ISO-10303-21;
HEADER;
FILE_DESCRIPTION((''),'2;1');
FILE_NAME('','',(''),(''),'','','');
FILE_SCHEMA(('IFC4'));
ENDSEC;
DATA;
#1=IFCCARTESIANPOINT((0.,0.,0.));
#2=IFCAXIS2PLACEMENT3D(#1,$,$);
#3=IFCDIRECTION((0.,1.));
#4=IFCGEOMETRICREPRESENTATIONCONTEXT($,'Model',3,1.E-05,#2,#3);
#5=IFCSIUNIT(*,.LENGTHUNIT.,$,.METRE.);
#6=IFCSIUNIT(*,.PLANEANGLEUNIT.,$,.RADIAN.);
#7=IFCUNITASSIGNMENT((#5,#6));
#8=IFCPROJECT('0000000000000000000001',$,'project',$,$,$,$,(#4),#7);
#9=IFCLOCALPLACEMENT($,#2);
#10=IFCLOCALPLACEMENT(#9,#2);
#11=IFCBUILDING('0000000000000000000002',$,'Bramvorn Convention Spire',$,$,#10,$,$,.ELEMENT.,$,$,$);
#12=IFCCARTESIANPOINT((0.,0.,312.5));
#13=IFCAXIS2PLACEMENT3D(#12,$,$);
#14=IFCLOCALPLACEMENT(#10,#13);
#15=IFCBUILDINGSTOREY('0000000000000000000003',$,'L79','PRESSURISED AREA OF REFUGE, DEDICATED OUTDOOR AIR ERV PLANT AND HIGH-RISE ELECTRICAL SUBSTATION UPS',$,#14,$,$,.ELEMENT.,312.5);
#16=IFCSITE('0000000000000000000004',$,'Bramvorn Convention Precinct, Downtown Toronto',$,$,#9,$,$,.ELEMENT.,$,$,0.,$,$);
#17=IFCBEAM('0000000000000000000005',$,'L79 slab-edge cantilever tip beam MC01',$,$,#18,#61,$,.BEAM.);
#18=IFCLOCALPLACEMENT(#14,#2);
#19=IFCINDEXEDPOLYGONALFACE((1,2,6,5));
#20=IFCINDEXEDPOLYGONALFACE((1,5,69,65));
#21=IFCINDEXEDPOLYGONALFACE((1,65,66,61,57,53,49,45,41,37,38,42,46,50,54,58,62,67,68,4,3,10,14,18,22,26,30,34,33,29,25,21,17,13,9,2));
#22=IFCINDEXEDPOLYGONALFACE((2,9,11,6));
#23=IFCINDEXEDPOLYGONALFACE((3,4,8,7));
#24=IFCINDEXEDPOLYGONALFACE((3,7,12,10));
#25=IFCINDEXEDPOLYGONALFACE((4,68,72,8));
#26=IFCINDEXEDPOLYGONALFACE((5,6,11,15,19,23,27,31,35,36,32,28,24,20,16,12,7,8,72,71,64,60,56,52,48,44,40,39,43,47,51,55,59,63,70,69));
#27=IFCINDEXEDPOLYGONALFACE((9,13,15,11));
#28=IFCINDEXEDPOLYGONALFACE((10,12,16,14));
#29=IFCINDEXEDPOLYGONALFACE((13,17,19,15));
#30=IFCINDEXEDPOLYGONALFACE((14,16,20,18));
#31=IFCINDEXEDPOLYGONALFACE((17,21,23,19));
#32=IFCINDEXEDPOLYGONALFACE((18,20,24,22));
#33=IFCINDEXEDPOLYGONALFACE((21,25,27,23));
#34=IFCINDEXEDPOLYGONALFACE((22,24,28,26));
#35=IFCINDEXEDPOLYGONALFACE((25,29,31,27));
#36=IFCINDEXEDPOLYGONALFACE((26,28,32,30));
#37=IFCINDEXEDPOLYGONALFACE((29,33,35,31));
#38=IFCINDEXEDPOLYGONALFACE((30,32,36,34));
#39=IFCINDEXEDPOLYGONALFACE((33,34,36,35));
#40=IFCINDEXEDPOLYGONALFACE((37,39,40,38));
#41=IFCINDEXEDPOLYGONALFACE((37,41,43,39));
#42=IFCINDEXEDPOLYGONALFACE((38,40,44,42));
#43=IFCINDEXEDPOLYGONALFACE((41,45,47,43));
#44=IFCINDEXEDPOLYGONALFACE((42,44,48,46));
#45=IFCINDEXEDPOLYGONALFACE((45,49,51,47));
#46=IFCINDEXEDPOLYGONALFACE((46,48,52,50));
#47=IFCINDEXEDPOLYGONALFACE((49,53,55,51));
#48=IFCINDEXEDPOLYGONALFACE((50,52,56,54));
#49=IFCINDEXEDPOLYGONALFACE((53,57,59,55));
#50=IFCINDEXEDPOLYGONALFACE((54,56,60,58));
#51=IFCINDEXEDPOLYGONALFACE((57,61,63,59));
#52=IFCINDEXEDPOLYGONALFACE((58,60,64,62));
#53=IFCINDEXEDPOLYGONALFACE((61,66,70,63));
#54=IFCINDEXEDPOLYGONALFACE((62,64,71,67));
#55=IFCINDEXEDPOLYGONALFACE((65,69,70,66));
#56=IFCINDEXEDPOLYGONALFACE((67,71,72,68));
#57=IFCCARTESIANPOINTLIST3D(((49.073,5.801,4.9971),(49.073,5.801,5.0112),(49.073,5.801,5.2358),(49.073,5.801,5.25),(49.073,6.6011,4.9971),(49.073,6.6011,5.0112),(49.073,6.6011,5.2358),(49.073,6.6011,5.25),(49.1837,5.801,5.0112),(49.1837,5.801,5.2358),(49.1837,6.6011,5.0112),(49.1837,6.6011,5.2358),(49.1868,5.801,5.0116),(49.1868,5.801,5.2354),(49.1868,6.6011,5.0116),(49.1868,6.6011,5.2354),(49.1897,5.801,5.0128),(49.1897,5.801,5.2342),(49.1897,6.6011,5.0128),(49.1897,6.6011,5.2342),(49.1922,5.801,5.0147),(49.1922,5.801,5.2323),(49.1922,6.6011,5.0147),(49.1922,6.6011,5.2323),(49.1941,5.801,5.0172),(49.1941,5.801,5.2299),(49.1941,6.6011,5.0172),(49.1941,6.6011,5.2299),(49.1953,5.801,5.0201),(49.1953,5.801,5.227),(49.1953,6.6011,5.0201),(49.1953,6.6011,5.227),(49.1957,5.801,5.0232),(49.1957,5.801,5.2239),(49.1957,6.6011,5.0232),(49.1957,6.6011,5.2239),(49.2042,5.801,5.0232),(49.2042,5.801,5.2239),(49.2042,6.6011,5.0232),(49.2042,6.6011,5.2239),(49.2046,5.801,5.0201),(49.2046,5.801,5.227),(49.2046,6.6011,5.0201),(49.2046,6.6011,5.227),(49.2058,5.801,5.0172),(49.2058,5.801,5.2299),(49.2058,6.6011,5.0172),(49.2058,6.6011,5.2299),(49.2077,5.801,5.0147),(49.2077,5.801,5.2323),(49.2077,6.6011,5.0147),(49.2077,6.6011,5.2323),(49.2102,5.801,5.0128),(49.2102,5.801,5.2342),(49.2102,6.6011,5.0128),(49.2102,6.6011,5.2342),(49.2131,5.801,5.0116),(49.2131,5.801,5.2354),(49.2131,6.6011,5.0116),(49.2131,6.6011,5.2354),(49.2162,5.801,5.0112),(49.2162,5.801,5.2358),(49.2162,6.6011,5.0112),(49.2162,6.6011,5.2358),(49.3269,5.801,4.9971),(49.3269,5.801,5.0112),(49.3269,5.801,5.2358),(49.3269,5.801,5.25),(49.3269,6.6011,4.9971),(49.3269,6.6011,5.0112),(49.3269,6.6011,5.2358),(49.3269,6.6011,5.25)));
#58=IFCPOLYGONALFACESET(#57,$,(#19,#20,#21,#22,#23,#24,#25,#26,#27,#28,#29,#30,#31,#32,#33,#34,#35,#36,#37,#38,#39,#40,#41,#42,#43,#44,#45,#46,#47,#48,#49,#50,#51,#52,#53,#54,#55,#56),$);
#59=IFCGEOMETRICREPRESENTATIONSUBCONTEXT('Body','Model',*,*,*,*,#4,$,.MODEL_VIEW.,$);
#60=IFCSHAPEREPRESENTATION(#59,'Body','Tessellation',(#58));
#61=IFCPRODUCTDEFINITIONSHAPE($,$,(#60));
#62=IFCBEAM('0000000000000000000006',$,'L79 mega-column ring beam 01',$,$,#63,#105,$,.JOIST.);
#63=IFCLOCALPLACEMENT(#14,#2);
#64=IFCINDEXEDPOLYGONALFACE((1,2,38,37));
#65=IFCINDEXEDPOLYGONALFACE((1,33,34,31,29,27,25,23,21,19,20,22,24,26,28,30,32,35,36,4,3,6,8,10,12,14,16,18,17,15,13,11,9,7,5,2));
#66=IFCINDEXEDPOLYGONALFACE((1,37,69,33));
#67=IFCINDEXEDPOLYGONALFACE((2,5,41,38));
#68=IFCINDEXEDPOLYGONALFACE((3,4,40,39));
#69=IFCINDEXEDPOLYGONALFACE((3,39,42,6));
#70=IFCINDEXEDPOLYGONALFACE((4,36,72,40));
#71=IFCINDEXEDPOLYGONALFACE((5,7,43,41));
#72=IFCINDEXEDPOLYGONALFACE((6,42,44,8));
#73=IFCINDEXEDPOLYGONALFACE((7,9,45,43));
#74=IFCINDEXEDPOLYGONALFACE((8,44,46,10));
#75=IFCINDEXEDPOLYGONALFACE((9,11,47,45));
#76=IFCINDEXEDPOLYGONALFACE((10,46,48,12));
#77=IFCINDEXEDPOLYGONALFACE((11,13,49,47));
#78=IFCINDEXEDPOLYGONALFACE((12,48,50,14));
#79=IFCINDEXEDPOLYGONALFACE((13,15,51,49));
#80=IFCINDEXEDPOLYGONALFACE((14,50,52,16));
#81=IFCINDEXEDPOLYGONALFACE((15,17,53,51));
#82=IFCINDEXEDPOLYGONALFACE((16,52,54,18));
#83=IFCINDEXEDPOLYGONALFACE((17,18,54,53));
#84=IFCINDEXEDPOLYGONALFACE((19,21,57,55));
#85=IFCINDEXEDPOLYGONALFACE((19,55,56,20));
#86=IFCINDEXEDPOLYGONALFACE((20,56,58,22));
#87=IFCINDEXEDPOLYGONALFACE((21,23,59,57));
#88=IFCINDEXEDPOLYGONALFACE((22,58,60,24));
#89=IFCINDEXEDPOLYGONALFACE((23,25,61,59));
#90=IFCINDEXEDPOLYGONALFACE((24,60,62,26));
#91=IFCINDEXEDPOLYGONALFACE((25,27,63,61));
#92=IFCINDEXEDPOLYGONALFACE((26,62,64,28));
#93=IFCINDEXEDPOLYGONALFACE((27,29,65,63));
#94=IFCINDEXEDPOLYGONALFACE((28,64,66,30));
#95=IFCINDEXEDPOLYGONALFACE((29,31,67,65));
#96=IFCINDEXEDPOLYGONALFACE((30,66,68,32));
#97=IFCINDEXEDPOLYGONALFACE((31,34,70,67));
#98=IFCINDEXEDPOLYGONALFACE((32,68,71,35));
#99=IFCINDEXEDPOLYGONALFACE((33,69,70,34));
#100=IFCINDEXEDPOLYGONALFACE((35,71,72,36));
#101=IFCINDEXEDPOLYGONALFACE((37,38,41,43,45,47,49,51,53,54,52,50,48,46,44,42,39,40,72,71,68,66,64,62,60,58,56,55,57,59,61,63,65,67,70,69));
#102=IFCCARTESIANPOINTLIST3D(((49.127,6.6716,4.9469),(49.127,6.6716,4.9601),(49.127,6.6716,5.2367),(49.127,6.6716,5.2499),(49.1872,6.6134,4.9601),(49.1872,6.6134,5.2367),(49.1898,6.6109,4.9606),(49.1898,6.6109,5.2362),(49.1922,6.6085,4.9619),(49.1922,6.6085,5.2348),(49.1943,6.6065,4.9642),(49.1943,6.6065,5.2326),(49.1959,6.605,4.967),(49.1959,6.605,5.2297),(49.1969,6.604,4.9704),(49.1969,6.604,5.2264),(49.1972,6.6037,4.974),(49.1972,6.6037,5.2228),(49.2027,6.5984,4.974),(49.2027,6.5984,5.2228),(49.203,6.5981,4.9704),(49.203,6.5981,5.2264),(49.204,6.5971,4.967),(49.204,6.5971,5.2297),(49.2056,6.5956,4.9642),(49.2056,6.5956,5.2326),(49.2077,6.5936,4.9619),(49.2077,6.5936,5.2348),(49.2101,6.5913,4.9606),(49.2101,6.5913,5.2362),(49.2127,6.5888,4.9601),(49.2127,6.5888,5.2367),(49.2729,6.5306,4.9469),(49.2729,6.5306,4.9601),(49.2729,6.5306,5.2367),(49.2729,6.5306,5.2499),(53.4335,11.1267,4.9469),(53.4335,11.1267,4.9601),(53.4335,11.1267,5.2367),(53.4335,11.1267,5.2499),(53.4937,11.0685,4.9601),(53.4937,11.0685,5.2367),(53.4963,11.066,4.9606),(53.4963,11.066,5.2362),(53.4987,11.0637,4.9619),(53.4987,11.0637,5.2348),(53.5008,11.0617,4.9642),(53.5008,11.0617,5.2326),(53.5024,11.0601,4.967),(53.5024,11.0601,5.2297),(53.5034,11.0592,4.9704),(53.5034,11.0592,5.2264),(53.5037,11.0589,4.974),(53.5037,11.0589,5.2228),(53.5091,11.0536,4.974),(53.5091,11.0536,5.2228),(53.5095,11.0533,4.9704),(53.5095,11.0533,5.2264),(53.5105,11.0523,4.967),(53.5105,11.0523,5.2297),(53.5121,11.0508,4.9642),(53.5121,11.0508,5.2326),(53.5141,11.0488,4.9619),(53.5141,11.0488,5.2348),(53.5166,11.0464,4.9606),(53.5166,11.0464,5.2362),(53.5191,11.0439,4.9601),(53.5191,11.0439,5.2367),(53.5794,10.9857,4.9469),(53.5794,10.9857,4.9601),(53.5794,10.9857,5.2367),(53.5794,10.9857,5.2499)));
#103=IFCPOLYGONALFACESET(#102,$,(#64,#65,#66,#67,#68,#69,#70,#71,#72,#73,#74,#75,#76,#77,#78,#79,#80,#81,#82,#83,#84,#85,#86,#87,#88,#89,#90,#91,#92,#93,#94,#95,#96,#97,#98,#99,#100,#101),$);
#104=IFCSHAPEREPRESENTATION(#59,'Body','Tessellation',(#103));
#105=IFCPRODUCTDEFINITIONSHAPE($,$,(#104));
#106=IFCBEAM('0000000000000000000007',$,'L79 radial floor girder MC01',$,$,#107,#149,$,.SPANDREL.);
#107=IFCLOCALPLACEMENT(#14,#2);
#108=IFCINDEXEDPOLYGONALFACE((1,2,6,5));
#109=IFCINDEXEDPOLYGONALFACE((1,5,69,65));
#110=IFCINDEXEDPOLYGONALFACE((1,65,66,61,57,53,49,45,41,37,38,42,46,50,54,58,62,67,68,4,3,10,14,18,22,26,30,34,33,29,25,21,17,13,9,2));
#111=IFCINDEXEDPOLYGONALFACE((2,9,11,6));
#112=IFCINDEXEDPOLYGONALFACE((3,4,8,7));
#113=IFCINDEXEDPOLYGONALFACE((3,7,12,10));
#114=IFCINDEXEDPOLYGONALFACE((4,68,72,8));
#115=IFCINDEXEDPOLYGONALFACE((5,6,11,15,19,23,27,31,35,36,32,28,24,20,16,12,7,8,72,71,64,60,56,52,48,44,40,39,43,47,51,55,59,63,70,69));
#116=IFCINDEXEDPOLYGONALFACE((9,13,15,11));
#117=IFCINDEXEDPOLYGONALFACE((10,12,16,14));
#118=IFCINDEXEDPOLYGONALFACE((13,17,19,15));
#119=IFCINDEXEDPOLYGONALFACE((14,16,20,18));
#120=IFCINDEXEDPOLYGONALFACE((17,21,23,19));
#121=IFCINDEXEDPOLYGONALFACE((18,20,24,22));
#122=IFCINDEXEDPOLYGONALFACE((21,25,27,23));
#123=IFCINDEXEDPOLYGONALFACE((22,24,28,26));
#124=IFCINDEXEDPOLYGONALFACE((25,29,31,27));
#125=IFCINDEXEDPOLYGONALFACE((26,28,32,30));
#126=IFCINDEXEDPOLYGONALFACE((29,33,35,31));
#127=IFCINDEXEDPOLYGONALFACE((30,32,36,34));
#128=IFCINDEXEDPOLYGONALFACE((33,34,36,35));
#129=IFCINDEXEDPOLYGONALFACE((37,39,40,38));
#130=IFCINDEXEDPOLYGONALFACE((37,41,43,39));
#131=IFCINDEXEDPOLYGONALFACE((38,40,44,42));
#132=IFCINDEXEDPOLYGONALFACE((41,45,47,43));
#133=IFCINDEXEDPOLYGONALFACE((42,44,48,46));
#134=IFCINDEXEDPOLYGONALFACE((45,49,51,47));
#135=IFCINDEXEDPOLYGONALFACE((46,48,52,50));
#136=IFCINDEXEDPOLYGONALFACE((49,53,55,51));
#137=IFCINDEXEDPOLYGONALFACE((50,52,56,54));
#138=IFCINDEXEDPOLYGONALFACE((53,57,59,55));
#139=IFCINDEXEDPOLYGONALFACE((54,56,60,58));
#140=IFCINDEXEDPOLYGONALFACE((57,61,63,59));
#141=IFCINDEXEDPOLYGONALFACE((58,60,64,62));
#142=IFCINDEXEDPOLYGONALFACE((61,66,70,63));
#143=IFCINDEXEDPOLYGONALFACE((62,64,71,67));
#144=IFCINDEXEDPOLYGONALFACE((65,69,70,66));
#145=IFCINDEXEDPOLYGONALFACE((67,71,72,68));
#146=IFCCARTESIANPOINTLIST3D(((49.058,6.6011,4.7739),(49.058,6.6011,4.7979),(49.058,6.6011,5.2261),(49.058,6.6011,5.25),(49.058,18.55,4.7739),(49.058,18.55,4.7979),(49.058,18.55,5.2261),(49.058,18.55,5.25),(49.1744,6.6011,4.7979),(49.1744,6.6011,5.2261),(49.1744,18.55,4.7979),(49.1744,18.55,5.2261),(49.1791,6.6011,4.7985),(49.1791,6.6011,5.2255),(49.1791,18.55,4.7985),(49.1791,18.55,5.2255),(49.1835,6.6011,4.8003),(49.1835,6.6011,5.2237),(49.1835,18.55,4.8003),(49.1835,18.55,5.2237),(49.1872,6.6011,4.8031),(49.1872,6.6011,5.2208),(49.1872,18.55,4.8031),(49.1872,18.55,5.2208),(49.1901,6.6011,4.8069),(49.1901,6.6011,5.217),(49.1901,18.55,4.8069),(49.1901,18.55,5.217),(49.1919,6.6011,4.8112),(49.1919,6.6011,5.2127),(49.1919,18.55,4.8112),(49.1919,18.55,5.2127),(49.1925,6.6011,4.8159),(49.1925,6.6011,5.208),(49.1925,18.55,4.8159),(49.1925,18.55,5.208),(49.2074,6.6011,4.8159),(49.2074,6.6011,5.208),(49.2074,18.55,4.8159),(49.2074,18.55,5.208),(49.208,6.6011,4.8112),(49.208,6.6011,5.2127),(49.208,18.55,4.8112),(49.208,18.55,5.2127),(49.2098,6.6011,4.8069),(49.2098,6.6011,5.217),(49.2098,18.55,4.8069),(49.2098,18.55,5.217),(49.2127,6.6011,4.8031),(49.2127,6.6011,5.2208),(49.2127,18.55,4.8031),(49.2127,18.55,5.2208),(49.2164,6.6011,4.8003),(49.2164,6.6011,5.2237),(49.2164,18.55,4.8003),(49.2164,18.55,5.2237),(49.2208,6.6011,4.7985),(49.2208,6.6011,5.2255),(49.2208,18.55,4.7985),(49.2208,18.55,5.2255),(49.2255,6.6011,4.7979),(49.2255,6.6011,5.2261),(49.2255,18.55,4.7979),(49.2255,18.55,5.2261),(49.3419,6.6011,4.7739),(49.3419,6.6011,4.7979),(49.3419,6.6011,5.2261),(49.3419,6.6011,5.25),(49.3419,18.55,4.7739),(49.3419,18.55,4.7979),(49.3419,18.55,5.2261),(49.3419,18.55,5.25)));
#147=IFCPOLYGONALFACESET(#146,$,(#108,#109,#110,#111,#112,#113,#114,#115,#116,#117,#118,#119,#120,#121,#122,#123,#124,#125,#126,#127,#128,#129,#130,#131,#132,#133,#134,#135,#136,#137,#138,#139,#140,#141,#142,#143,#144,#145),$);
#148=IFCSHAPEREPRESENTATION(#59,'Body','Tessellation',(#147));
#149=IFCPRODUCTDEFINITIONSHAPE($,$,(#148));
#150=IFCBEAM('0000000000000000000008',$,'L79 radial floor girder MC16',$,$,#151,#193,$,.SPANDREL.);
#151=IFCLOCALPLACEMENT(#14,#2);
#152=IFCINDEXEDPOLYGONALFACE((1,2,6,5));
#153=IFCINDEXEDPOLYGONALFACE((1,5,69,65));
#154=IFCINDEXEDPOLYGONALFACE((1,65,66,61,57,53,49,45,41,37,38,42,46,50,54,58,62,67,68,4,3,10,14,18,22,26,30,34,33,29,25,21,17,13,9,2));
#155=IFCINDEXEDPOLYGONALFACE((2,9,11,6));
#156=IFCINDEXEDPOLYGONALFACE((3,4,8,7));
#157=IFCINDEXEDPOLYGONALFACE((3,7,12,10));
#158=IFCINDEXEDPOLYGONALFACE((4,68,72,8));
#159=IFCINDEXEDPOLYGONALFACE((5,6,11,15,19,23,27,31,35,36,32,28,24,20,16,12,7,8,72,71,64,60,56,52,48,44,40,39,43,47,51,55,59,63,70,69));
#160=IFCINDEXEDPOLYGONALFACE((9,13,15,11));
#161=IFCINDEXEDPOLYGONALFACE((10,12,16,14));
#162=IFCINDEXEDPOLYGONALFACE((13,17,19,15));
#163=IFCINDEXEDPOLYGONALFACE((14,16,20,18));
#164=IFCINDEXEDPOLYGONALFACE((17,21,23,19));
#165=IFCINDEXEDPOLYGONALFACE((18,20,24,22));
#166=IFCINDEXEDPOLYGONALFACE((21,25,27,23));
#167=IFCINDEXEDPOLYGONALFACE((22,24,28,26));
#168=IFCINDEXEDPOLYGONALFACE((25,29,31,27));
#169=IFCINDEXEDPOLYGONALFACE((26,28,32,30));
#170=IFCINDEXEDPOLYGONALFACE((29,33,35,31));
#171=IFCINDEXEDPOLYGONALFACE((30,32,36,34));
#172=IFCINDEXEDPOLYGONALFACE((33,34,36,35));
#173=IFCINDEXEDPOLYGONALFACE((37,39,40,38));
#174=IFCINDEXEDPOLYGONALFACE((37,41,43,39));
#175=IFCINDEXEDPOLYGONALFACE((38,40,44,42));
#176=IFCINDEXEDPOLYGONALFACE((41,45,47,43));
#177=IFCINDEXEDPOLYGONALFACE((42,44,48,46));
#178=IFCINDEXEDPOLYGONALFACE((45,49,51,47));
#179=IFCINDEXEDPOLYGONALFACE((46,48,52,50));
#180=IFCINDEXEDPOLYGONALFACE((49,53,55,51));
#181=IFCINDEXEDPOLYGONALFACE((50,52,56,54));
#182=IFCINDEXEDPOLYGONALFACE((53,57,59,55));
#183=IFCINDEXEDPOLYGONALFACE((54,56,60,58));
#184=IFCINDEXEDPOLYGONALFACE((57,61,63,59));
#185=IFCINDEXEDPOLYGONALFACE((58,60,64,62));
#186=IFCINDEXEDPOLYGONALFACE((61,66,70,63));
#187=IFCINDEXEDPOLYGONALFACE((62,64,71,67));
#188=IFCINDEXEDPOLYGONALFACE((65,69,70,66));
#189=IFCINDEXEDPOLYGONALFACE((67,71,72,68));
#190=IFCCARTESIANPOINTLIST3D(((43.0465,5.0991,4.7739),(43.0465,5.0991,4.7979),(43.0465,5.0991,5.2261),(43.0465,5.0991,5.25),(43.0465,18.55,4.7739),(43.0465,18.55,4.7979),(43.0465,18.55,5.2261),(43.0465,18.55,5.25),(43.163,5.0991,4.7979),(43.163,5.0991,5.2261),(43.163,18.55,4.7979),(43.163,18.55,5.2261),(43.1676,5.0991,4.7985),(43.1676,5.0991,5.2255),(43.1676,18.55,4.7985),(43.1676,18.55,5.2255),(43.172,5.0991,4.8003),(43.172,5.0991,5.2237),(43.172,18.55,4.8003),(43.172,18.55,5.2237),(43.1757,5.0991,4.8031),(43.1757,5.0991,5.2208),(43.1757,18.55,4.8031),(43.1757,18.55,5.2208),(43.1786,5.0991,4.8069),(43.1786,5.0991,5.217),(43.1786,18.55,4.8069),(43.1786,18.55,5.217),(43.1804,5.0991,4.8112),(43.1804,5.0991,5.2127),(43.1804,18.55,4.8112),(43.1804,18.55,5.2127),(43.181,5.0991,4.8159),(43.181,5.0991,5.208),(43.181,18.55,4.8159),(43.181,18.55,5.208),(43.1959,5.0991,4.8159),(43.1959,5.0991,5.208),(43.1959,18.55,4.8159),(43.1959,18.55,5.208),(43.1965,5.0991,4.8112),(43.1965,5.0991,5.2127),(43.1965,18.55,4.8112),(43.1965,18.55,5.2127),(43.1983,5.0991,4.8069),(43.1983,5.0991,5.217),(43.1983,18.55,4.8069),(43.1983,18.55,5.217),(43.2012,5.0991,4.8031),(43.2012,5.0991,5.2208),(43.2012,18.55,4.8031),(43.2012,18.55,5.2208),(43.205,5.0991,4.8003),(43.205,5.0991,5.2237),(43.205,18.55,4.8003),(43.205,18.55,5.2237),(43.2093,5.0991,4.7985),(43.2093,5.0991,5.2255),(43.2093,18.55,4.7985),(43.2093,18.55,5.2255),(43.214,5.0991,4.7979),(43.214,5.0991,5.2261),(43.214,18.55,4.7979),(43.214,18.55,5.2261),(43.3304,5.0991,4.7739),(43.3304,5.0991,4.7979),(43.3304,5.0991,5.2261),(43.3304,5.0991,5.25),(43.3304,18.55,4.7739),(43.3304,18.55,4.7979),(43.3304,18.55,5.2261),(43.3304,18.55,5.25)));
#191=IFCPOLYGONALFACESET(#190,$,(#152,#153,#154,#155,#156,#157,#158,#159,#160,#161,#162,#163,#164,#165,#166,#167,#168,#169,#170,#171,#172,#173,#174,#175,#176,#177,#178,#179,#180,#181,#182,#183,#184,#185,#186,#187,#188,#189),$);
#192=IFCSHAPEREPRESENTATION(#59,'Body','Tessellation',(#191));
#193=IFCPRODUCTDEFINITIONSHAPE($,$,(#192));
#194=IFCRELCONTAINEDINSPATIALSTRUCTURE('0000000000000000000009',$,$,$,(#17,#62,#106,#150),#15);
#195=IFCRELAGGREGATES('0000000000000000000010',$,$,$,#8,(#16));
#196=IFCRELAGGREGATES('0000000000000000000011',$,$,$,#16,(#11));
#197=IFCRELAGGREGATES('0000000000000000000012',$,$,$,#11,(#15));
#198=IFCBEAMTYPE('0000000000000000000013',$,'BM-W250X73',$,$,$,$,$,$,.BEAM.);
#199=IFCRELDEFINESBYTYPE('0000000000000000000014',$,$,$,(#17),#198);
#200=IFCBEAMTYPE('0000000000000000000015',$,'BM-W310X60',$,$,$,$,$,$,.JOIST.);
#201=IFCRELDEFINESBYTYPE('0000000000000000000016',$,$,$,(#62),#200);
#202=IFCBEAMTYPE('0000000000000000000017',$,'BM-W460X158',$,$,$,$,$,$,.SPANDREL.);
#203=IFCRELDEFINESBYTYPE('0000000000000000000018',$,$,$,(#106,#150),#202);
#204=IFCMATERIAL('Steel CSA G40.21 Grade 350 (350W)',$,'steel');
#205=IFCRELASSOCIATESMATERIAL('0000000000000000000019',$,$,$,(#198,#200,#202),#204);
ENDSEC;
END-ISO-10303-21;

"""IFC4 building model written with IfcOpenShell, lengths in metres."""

from ifc_helpers import new_model, si_unit, direction, frame, origin, origin_2d, place, context, subcontext, project, spatial, i_section, extrude, material, material_profile, profile_set, type_object, element, save


model = new_model("IFC4")

# Units and contexts
model_context = context("Model", 3, precision=1e-05, world=origin(), true_north=direction((0.0, 1.0)))
body_context = subcontext(model_context, "Body", "Model", "MODEL_VIEW")
ifc_project = project(units=[si_unit("LENGTHUNIT", "METRE"), si_unit("PLANEANGLEUNIT", "RADIAN")], contexts=[model_context])

# Site, building, storey
site_placement = place(None, origin())
site = spatial("IfcSite", under=ifc_project, at=site_placement, Name="Bramvorn Convention Precinct, Downtown Toronto", CompositionType="ELEMENT", RefElevation=0.0)
building_placement = place(site_placement, origin())
building = spatial("IfcBuilding", under=site, at=building_placement, Name="Bramvorn Convention Spire", CompositionType="ELEMENT")
storey_placement = place(building_placement, frame((0.0, 0.0, 312.5)))
storey = spatial("IfcBuildingStorey", under=building, at=storey_placement, Name="L79", Description="PRESSURISED AREA OF REFUGE, DEDICATED OUTDOOR AIR ERV PLANT AND HIGH-RISE ELECTRICAL SUBSTATION UPS", CompositionType="ELEMENT", Elevation=312.5)

# Shared definitions
ifc_material_1 = material(Name="Steel CSA G40.21 Grade 350 (350W)", Category="steel")

# Beams
ifc_material_profile_1 = material_profile(ifc_material_1, i_section(OverallWidth=0.2539, OverallDepth=0.2529, WebThickness=0.0085, FlangeThickness=0.0142, FilletRadius=0.012, at=origin_2d()))
ifc_profile_set_1 = profile_set([ifc_material_profile_1], Name="Steel CSA G40.21 Grade 350 (350W) - W250X73")
beam_type_1 = type_object("IfcBeamType", Name="BM-W250X73", PredefinedType="BEAM", material=ifc_profile_set_1)
beam_1_placement = place(storey_placement, frame((49.2, 6.6011, 5.1235), z_axis=(0.0, -1.0, 0.0), x_axis=(1.0, 0.0, 0.0)))
element("IfcBeam", 1, at=beam_1_placement, inside=storey, type_object=beam_type_1, Name="L79 slab-edge cantilever tip beam MC01", PredefinedType="BEAM", context=body_context, shape_type="SweptSolid", body=[
    extrude(i_section(OverallWidth=0.2539, OverallDepth=0.2529, WebThickness=0.0085, FlangeThickness=0.0142, FilletRadius=0.012, at=origin_2d()), origin(), (0.0, 0.0, 1.0), 0.8),
])
ifc_material_profile_2 = material_profile(ifc_material_1, i_section(OverallWidth=0.2029, OverallDepth=0.303, WebThickness=0.0076, FlangeThickness=0.0132, FilletRadius=0.0139, at=origin_2d()))
ifc_profile_set_2 = profile_set([ifc_material_profile_2], Name="Steel CSA G40.21 Grade 350 (350W) - W310X60")
beam_type_2 = type_object("IfcBeamType", Name="BM-W310X60", PredefinedType="JOIST", material=ifc_profile_set_2)
beam_2_placement = place(storey_placement, frame((49.2, 6.6011, 5.0984), z_axis=(0.695007, 0.719003, 0.0), x_axis=(-0.719003, 0.695007, 0.0)))
element("IfcBeam", 2, at=beam_2_placement, inside=storey, type_object=beam_type_2, Name="L79 mega-column ring beam 01", PredefinedType="JOIST", context=body_context, shape_type="SweptSolid", body=[
    extrude(i_section(OverallWidth=0.2029, OverallDepth=0.303, WebThickness=0.0076, FlangeThickness=0.0132, FilletRadius=0.0139, at=origin_2d()), origin(), (0.0, 0.0, 1.0), 6.1963),
])
ifc_material_profile_3 = material_profile(ifc_material_1, i_section(OverallWidth=0.2839, OverallDepth=0.4761, WebThickness=0.0149, FlangeThickness=0.0239, FilletRadius=0.0181, at=origin_2d()))
ifc_profile_set_3 = profile_set([ifc_material_profile_3], Name="Steel CSA G40.21 Grade 350 (350W) - W460X158")
beam_type_3 = type_object("IfcBeamType", Name="BM-W460X158", PredefinedType="SPANDREL", material=ifc_profile_set_3)
beam_3_placement = place(storey_placement, frame((49.2, 18.55, 5.012), z_axis=(0.0, -1.0, 0.0), x_axis=(1.0, 0.0, 0.0)))
element("IfcBeam", 3, at=beam_3_placement, inside=storey, type_object=beam_type_3, Name="L79 radial floor girder MC01", PredefinedType="SPANDREL", context=body_context, shape_type="SweptSolid", body=[
    extrude(i_section(OverallWidth=0.2839, OverallDepth=0.4761, WebThickness=0.0149, FlangeThickness=0.0239, FilletRadius=0.0181, at=origin_2d()), origin(), (0.0, 0.0, 1.0), 11.949),
])
beam_4_placement = place(storey_placement, frame((43.1885, 18.55, 5.012), z_axis=(0.0, -1.0, 0.0), x_axis=(1.0, 0.0, 0.0)))
element("IfcBeam", 4, at=beam_4_placement, inside=storey, type_object=beam_type_3, Name="L79 radial floor girder MC16", PredefinedType="SPANDREL", context=body_context, shape_type="SweptSolid", body=[
    extrude(i_section(OverallWidth=0.2839, OverallDepth=0.4761, WebThickness=0.0149, FlangeThickness=0.0239, FilletRadius=0.0181, at=origin_2d()), origin(), (0.0, 0.0, 1.0), 13.4509),
])

save(model, "model.ifc")
